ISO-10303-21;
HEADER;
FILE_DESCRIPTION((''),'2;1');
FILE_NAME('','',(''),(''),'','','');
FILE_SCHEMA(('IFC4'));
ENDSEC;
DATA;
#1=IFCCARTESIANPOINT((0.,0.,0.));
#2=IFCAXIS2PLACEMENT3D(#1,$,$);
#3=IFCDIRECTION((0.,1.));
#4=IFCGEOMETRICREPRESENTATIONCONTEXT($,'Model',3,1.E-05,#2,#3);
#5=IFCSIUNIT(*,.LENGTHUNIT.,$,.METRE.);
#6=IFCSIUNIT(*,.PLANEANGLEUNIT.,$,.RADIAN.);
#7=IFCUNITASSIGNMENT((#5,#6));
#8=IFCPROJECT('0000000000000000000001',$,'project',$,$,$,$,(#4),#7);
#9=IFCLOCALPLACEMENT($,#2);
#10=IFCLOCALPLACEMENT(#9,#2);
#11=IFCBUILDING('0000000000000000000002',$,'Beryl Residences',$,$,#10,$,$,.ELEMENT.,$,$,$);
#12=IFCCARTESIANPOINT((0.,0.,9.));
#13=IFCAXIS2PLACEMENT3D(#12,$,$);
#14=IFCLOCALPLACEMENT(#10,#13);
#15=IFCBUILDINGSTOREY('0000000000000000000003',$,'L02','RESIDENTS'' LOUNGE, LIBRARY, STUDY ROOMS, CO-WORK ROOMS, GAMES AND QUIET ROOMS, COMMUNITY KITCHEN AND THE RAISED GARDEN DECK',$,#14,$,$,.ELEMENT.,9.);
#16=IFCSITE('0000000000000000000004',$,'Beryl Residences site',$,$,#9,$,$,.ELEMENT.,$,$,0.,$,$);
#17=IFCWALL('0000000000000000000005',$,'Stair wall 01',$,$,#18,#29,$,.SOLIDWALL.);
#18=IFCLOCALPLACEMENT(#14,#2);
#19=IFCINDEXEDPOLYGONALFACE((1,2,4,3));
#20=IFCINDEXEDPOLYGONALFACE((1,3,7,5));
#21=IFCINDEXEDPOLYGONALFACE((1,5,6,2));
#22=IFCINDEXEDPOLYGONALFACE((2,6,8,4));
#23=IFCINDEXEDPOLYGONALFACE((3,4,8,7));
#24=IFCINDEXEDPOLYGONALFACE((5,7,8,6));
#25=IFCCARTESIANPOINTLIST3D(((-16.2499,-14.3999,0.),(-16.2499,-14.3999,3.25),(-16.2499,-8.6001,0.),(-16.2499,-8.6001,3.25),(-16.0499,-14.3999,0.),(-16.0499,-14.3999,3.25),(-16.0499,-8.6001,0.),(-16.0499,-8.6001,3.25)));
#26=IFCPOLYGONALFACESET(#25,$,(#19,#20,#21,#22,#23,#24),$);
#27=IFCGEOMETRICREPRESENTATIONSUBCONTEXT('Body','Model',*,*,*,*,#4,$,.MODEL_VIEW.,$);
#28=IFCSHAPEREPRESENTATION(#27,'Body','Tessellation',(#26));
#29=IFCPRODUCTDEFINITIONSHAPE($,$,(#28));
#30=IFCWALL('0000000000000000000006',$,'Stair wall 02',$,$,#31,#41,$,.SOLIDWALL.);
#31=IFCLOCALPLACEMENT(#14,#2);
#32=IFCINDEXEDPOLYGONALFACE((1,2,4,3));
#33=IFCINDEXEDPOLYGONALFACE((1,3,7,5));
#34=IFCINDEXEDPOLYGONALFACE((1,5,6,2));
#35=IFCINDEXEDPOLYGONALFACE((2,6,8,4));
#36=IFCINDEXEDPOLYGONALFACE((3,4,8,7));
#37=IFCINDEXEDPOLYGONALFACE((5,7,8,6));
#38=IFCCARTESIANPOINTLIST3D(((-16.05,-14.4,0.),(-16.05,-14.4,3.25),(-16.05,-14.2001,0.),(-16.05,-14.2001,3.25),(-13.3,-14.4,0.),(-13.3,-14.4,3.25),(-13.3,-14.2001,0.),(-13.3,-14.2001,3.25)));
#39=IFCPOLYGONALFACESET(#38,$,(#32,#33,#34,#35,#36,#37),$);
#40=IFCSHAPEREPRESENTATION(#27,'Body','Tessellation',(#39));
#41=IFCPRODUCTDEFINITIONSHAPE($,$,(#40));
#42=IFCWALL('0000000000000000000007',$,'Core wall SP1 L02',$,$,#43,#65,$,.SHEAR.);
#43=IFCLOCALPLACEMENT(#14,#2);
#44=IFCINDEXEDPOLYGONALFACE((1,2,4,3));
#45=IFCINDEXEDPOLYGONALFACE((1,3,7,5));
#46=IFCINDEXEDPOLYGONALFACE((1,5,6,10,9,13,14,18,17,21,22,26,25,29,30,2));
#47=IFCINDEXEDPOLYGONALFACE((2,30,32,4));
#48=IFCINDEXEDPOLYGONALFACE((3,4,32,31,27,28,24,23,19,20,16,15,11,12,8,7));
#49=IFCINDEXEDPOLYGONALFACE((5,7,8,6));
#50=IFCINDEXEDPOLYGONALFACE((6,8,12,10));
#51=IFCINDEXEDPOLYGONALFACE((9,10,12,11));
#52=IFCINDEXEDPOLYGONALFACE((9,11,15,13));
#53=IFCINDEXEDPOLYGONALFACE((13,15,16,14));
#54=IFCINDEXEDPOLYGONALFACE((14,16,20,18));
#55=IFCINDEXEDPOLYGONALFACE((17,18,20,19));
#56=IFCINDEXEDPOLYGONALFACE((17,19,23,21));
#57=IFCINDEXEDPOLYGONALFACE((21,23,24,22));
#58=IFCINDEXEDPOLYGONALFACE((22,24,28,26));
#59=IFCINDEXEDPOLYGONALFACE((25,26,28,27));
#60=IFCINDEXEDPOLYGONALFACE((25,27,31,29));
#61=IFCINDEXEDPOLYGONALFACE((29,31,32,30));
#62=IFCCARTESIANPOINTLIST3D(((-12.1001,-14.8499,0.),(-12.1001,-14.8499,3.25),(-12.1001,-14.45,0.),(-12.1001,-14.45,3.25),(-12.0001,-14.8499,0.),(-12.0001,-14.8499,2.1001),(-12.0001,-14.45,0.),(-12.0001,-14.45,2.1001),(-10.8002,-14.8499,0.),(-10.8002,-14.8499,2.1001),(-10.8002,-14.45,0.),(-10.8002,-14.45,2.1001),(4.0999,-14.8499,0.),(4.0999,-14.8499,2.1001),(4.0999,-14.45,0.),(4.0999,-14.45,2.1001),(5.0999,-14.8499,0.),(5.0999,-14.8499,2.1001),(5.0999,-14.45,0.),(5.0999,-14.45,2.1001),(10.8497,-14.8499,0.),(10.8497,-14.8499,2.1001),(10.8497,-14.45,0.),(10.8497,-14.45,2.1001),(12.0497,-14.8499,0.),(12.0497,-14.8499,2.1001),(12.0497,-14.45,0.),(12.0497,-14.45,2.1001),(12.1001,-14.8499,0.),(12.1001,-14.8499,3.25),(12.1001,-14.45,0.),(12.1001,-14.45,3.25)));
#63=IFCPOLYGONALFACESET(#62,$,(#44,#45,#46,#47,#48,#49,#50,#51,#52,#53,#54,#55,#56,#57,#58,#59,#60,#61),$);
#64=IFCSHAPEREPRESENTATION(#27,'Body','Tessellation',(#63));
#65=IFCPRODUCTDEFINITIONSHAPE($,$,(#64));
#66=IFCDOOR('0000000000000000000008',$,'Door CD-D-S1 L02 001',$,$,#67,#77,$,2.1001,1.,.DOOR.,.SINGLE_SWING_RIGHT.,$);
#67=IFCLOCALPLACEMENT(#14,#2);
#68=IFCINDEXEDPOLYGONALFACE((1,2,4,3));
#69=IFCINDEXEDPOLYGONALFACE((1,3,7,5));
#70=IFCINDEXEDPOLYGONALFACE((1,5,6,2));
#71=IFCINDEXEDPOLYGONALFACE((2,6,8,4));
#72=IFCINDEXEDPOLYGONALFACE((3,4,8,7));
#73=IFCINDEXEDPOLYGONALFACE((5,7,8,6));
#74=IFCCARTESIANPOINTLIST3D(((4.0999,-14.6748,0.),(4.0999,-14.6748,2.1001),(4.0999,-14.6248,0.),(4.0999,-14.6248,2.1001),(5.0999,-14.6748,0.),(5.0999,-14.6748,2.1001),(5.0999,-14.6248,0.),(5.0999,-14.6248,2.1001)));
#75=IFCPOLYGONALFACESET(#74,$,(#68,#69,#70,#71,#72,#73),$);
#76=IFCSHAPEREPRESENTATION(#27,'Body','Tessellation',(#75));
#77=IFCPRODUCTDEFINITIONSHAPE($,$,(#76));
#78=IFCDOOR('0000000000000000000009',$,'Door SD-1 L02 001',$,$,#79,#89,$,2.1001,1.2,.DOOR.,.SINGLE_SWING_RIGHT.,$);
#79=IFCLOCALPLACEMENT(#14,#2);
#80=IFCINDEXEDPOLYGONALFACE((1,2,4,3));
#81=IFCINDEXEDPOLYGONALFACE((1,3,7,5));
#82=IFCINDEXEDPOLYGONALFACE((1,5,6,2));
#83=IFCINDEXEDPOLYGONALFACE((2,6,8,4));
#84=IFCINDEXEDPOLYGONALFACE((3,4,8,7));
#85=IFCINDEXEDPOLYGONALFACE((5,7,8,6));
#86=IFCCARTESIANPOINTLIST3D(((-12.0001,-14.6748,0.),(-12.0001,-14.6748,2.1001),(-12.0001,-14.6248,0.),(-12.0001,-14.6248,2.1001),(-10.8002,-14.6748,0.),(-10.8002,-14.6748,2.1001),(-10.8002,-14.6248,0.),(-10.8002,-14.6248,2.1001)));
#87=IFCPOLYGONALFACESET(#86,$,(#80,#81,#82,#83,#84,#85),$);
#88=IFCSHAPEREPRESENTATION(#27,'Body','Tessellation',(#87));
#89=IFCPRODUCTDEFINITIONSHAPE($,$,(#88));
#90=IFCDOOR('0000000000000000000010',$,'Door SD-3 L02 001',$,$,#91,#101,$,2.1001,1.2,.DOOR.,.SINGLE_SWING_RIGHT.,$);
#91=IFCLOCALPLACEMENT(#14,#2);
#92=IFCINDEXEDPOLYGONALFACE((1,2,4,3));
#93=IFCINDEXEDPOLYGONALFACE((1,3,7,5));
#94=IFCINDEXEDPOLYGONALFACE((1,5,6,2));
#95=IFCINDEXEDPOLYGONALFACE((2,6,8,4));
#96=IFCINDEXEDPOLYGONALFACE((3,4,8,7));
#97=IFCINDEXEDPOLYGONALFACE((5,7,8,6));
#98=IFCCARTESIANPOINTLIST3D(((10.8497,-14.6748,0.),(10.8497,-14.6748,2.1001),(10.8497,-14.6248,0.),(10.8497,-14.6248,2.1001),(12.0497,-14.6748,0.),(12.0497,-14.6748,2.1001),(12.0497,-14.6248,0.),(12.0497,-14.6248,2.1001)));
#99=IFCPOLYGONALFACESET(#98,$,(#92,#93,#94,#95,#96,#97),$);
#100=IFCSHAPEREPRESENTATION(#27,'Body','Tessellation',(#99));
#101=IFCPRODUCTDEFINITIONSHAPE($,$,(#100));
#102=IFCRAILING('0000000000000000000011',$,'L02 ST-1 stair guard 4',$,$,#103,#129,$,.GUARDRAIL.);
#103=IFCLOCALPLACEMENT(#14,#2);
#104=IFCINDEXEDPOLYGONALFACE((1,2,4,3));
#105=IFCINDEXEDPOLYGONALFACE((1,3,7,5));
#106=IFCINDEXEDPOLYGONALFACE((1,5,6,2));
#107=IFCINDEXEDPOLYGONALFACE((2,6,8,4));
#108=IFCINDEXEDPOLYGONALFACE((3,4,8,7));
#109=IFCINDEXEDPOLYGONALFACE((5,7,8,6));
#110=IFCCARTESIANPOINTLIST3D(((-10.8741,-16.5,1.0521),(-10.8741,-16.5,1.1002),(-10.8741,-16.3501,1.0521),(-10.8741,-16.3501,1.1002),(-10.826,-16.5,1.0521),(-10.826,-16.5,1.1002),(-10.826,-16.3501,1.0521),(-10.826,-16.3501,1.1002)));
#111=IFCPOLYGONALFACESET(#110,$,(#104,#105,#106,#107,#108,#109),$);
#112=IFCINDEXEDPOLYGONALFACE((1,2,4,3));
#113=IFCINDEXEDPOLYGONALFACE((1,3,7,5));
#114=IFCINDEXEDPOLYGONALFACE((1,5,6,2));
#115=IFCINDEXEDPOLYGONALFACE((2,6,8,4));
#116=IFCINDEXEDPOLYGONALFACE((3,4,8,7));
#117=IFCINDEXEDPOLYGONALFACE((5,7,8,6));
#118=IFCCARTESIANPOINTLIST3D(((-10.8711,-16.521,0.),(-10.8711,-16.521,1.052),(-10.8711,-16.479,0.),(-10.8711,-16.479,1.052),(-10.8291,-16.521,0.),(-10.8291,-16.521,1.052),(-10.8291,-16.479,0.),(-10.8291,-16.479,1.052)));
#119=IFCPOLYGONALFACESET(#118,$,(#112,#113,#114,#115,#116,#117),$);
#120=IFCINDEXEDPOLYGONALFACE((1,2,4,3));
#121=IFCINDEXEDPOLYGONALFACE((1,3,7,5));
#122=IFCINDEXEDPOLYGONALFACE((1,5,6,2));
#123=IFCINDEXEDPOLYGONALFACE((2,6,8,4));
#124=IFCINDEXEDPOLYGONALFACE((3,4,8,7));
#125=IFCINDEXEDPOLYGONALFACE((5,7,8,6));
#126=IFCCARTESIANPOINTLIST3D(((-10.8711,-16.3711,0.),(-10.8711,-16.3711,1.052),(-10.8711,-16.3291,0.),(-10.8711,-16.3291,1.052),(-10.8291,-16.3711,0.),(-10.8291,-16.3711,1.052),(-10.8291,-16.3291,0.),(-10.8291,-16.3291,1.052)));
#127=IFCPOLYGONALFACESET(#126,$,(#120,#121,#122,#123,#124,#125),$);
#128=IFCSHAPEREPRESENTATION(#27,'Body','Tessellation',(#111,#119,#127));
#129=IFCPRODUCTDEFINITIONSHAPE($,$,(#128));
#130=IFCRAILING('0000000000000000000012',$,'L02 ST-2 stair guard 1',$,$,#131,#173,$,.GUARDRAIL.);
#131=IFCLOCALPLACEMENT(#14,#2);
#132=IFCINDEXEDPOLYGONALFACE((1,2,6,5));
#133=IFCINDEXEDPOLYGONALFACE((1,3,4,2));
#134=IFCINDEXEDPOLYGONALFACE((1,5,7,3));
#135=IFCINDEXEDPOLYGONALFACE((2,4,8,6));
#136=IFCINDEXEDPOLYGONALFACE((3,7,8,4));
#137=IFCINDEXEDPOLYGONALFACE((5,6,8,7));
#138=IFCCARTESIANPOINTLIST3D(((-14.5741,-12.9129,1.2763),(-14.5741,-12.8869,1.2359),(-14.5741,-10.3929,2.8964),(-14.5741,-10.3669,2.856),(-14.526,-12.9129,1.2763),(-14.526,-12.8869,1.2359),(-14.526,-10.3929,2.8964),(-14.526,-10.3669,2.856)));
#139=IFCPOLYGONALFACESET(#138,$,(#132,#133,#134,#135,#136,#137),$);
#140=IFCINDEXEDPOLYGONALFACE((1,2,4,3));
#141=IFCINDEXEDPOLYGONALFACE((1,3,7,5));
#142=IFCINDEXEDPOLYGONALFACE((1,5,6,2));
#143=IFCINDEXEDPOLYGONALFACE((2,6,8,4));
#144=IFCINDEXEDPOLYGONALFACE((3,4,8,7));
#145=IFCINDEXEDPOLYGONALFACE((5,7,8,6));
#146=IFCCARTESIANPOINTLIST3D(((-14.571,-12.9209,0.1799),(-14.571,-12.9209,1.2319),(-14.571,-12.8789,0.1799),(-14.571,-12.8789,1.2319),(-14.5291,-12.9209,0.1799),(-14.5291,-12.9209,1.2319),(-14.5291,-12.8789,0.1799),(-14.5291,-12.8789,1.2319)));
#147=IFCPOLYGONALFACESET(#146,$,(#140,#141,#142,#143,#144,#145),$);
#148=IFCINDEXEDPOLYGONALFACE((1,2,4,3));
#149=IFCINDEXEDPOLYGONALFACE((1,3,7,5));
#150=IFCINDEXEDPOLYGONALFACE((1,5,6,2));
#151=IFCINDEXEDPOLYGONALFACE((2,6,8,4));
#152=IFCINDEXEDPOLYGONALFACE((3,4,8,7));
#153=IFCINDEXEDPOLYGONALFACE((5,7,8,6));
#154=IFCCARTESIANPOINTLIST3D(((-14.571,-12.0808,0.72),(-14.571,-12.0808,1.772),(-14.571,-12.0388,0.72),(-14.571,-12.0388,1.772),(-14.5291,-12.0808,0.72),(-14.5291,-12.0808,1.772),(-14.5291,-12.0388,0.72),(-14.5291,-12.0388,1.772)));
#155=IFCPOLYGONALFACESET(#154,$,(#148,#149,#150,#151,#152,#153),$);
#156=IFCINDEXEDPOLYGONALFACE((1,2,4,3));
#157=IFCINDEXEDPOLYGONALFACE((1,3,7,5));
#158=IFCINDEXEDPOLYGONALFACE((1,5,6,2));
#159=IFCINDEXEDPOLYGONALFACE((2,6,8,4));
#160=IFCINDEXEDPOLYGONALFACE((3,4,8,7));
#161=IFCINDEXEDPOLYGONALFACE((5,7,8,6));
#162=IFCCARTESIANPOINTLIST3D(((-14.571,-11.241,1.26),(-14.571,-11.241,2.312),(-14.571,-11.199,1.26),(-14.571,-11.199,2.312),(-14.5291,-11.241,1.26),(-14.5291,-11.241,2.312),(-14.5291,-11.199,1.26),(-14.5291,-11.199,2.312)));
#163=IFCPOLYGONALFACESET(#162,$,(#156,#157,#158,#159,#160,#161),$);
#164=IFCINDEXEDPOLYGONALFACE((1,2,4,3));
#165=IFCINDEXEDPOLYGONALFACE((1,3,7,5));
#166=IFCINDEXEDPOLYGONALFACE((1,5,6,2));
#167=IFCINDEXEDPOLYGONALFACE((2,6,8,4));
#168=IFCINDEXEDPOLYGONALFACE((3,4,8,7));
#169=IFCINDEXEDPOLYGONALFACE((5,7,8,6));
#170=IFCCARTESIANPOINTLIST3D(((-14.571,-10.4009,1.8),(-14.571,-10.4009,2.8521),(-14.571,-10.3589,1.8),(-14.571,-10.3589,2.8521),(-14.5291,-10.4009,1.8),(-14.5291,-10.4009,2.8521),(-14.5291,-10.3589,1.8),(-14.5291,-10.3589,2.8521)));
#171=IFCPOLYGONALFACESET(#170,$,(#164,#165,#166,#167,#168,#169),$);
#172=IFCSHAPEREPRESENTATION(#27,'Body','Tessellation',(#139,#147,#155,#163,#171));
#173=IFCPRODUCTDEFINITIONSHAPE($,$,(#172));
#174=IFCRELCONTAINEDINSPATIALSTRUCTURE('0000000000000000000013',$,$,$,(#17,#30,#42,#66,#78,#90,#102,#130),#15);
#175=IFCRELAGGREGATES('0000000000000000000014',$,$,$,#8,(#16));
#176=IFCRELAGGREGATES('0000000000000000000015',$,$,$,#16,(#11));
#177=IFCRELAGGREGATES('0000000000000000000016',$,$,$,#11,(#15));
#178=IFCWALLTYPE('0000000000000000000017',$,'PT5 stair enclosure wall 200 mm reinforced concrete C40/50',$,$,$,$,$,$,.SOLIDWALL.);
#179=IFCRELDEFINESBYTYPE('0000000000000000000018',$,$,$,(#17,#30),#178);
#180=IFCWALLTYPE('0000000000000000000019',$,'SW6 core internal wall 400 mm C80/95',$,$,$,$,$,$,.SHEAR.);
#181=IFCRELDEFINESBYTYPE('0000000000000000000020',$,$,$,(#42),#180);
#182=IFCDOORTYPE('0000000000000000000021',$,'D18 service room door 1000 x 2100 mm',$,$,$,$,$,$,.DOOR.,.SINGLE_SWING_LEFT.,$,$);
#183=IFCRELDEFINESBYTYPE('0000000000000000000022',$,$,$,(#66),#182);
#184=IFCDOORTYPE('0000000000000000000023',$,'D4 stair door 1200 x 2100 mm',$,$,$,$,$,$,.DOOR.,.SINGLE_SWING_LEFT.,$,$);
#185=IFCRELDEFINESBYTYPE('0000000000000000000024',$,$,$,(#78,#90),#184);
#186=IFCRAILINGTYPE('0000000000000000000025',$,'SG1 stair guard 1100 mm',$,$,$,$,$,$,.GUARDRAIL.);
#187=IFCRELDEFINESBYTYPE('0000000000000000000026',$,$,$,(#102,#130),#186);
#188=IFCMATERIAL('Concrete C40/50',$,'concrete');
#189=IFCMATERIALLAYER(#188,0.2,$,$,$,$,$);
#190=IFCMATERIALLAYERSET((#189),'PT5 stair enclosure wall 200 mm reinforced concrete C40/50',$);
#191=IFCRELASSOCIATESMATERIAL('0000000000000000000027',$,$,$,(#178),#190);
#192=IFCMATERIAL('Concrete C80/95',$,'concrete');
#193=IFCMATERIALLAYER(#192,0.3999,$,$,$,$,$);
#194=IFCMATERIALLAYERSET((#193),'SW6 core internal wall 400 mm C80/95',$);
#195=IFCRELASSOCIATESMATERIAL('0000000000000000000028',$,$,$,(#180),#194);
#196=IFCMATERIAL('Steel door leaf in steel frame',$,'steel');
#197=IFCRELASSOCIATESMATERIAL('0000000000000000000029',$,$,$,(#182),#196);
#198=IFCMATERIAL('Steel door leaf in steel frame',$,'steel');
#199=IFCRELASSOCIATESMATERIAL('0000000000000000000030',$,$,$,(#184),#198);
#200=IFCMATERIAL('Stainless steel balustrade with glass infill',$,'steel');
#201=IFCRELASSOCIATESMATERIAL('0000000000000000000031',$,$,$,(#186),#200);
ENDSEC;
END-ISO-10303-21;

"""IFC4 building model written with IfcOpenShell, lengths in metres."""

from ifc_helpers import new_model, si_unit, direction, frame, frame_2d, origin, origin_2d, place, context, subcontext, project, spatial, rectangle, extrude, material, layer, layer_set, type_object, element, fill, save


model = new_model("IFC4")

# Units and contexts
model_context = context("Model", 3, precision=1e-05, world=origin(), true_north=direction((0.0, 1.0)))
body_context = subcontext(model_context, "Body", "Model", "MODEL_VIEW")
ifc_project = project(units=[si_unit("LENGTHUNIT", "METRE"), si_unit("PLANEANGLEUNIT", "RADIAN")], contexts=[model_context])

# Site, building, storey
site_placement = place(None, origin())
site = spatial("IfcSite", under=ifc_project, at=site_placement, Name="Beryl Residences site", CompositionType="ELEMENT", RefElevation=0.0)
building_placement = place(site_placement, origin())
building = spatial("IfcBuilding", under=site, at=building_placement, Name="Beryl Residences", CompositionType="ELEMENT")
storey_placement = place(building_placement, frame((0.0, 0.0, 9.0)))
storey = spatial("IfcBuildingStorey", under=building, at=storey_placement, Name="L02", Description="RESIDENTS' LOUNGE, LIBRARY, STUDY ROOMS, CO-WORK ROOMS, GAMES AND QUIET ROOMS, COMMUNITY KITCHEN AND THE RAISED GARDEN DECK", CompositionType="ELEMENT", Elevation=9.0)

# Walls
ifc_material_1 = material(Name="Concrete C40/50", Category="concrete")
ifc_layer_1 = layer(ifc_material_1, 0.2)
ifc_layer_set_1 = layer_set([ifc_layer_1], Name="PT5 stair enclosure wall 200 mm reinforced concrete C40/50")
wall_type_1 = type_object("IfcWallType", Name="PT5 stair enclosure wall 200 mm reinforced concrete C40/50", PredefinedType="SOLIDWALL", material=ifc_layer_set_1)
wall_1_placement = place(storey_placement, frame((-16.1499, -14.3999, 0.0), z_axis=(0.0, 0.0, 1.0), x_axis=(0.0, 1.0, 0.0)))
element("IfcWall", 1, at=wall_1_placement, inside=storey, type_object=wall_type_1, Name="Stair wall 01", PredefinedType="SOLIDWALL", context=body_context, shape_type="SweptSolid", body=[
    extrude(rectangle(XDim=5.7998, YDim=0.2, at=frame_2d((2.8999, 0.0))), origin(), (0.0, 0.0, 1.0), 3.25),
])
wall_2_placement = place(storey_placement, frame((-16.05, -14.3, 0.0), z_axis=(0.0, 0.0, 1.0), x_axis=(1.0, 0.0, 0.0)))
element("IfcWall", 2, at=wall_2_placement, inside=storey, type_object=wall_type_1, Name="Stair wall 02", PredefinedType="SOLIDWALL", context=body_context, shape_type="SweptSolid", body=[
    extrude(rectangle(XDim=2.75, YDim=0.2, at=frame_2d((1.375, 0.0))), origin(), (0.0, 0.0, 1.0), 3.25),
])

# Wall, openings, doors
ifc_material_2 = material(Name="Concrete C80/95", Category="concrete")
ifc_layer_2 = layer(ifc_material_2, 0.3999)
ifc_layer_set_2 = layer_set([ifc_layer_2], Name="SW6 core internal wall 400 mm C80/95")
wall_type_2 = type_object("IfcWallType", Name="SW6 core internal wall 400 mm C80/95", PredefinedType="SHEAR", material=ifc_layer_set_2)
wall_3_placement = place(storey_placement, frame((-12.1001, -14.6499, 0.0), z_axis=(0.0, 0.0, 1.0), x_axis=(1.0, 0.0, 0.0)))
wall_3 = element("IfcWall", 3, at=wall_3_placement, inside=storey, type_object=wall_type_2, Name="Core wall SP1 L02", PredefinedType="SHEAR", context=body_context, shape_type="SweptSolid", body=[
    extrude(rectangle(XDim=24.2002, YDim=0.3999, at=frame_2d((12.1001, 0.0))), origin(), (0.0, 0.0, 1.0), 3.25),
])
opening_1_placement = place(wall_3_placement, frame((1.3, 0.0, 0.0), z_axis=(0.0, 0.0, 1.0), x_axis=(-1.0, 0.0, 0.0)))
opening_1 = element("IfcOpeningElement", 4, at=opening_1_placement, cuts=wall_3, PredefinedType="OPENING", context=body_context, shape_type="SweptSolid", body=[
    extrude(rectangle(XDim=1.2, YDim=2.1001, at=frame_2d((0.6001, 1.05))), frame((0.0, 0.21, 0.0), z_axis=(0.0, -1.0, 0.0), x_axis=(1.0, 0.0, 0.0)), (0.0, 0.0, 1.0), 0.4199),
])
opening_2_placement = place(wall_3_placement, frame((24.1499, 0.0, 0.0), z_axis=(0.0, 0.0, 1.0), x_axis=(-1.0, 0.0, 0.0)))
opening_2 = element("IfcOpeningElement", 5, at=opening_2_placement, cuts=wall_3, PredefinedType="OPENING", context=body_context, shape_type="SweptSolid", body=[
    extrude(rectangle(XDim=1.2, YDim=2.1001, at=frame_2d((0.6001, 1.05))), frame((0.0, 0.21, 0.0), z_axis=(0.0, -1.0, 0.0), x_axis=(1.0, 0.0, 0.0)), (0.0, 0.0, 1.0), 0.4199),
])
opening_3_placement = place(wall_3_placement, frame((17.2, 0.0, 0.0), z_axis=(0.0, 0.0, 1.0), x_axis=(-1.0, 0.0, 0.0)))
opening_3 = element("IfcOpeningElement", 6, at=opening_3_placement, cuts=wall_3, PredefinedType="OPENING", context=body_context, shape_type="SweptSolid", body=[
    extrude(rectangle(XDim=1.0, YDim=2.1001, at=frame_2d((0.5, 1.05))), frame((0.0, 0.21, 0.0), z_axis=(0.0, -1.0, 0.0), x_axis=(1.0, 0.0, 0.0)), (0.0, 0.0, 1.0), 0.4199),
])
ifc_material_3 = material(Name="Steel door leaf in steel frame", Category="steel")
door_type_1 = type_object("IfcDoorType", Name="D18 service room door 1000 x 2100 mm", OperationType="SINGLE_SWING_LEFT", PredefinedType="DOOR", material=ifc_material_3)
door_1_placement = place(opening_3_placement, origin())
door_1 = element("IfcDoor", 7, at=door_1_placement, inside=storey, type_object=door_type_1, Name="Door CD-D-S1 L02 001", OperationType="SINGLE_SWING_RIGHT", OverallHeight=2.1001, OverallWidth=1.0, PredefinedType="DOOR", context=body_context, shape_type="SweptSolid", body=[
    extrude(rectangle(XDim=1.0, YDim=2.1001, at=frame_2d((0.5, 1.05))), frame((0.0, 0.0249, 0.0), z_axis=(0.0, -1.0, 0.0), x_axis=(1.0, 0.0, 0.0)), (0.0, 0.0, 1.0), 0.05),
])
fill(opening_3, door_1)
ifc_material_4 = material(Name="Steel door leaf in steel frame", Category="steel")
door_type_2 = type_object("IfcDoorType", Name="D4 stair door 1200 x 2100 mm", OperationType="SINGLE_SWING_LEFT", PredefinedType="DOOR", material=ifc_material_4)
door_2_placement = place(opening_1_placement, origin())
door_2 = element("IfcDoor", 8, at=door_2_placement, inside=storey, type_object=door_type_2, Name="Door SD-1 L02 001", OperationType="SINGLE_SWING_RIGHT", OverallHeight=2.1001, OverallWidth=1.2, PredefinedType="DOOR", context=body_context, shape_type="SweptSolid", body=[
    extrude(rectangle(XDim=1.2, YDim=2.1001, at=frame_2d((0.6001, 1.05))), frame((0.0, 0.0249, 0.0), z_axis=(0.0, -1.0, 0.0), x_axis=(1.0, 0.0, 0.0)), (0.0, 0.0, 1.0), 0.05),
])
fill(opening_1, door_2)
door_3_placement = place(opening_2_placement, origin())
door_3 = element("IfcDoor", 9, at=door_3_placement, inside=storey, type_object=door_type_2, Name="Door SD-3 L02 001", OperationType="SINGLE_SWING_RIGHT", OverallHeight=2.1001, OverallWidth=1.2, PredefinedType="DOOR", context=body_context, shape_type="SweptSolid", body=[
    extrude(rectangle(XDim=1.2, YDim=2.1001, at=frame_2d((0.6001, 1.05))), frame((0.0, 0.0249, 0.0), z_axis=(0.0, -1.0, 0.0), x_axis=(1.0, 0.0, 0.0)), (0.0, 0.0, 1.0), 0.05),
])
fill(opening_2, door_3)

# Railings
ifc_material_5 = material(Name="Stainless steel balustrade with glass infill", Category="steel")
railing_type_1 = type_object("IfcRailingType", Name="SG1 stair guard 1100 mm", PredefinedType="GUARDRAIL", material=ifc_material_5)
railing_1_placement = place(storey_placement, frame((-10.8501, -16.5, 0.0)))
element("IfcRailing", 10, at=railing_1_placement, inside=storey, type_object=railing_type_1, Name="L02 ST-1 stair guard 4", PredefinedType="GUARDRAIL", context=body_context, shape_type="SweptSolid", body=[
    extrude(rectangle(XDim=0.0481, YDim=0.0481, at=origin_2d()), frame((0.0, 0.0, 1.0762), z_axis=(0.0, 1.0, 0.0), x_axis=(-1.0, 0.0, 0.0)), (0.0, 0.0, 1.0), 0.1499),
    extrude(rectangle(XDim=0.042, YDim=0.042, at=origin_2d()), origin(), (0.0, 0.0, 1.0), 1.052),
    extrude(rectangle(XDim=0.042, YDim=0.042, at=origin_2d()), frame((0.0, 0.1499, 0.0)), (0.0, 0.0, 1.0), 1.052),
])
railing_2_placement = place(storey_placement, frame((-14.55, -12.8999, 0.1799)))
element("IfcRailing", 11, at=railing_2_placement, inside=storey, type_object=railing_type_1, Name="L02 ST-2 stair guard 1", PredefinedType="GUARDRAIL", context=body_context, shape_type="SweptSolid", body=[
    extrude(rectangle(XDim=0.0481, YDim=0.0481, at=origin_2d()), frame((0.0, 0.0, 1.0762), z_axis=(0.0, 0.841163, 0.540782), x_axis=(-1.0, 0.0, 0.0)), (0.0, 0.0, 1.0), 2.9958),
    extrude(rectangle(XDim=0.042, YDim=0.042, at=origin_2d()), origin(), (0.0, 0.0, 1.0), 1.052),
    extrude(rectangle(XDim=0.042, YDim=0.042, at=origin_2d()), frame((0.0, 0.8401, 0.54)), (0.0, 0.0, 1.0), 1.052),
    extrude(rectangle(XDim=0.042, YDim=0.042, at=origin_2d()), frame((0.0, 1.6799, 1.0801)), (0.0, 0.0, 1.0), 1.052),
    extrude(rectangle(XDim=0.042, YDim=0.042, at=origin_2d()), frame((0.0, 2.52, 1.6201)), (0.0, 0.0, 1.0), 1.052),
])

save(model, "model.ifc")
